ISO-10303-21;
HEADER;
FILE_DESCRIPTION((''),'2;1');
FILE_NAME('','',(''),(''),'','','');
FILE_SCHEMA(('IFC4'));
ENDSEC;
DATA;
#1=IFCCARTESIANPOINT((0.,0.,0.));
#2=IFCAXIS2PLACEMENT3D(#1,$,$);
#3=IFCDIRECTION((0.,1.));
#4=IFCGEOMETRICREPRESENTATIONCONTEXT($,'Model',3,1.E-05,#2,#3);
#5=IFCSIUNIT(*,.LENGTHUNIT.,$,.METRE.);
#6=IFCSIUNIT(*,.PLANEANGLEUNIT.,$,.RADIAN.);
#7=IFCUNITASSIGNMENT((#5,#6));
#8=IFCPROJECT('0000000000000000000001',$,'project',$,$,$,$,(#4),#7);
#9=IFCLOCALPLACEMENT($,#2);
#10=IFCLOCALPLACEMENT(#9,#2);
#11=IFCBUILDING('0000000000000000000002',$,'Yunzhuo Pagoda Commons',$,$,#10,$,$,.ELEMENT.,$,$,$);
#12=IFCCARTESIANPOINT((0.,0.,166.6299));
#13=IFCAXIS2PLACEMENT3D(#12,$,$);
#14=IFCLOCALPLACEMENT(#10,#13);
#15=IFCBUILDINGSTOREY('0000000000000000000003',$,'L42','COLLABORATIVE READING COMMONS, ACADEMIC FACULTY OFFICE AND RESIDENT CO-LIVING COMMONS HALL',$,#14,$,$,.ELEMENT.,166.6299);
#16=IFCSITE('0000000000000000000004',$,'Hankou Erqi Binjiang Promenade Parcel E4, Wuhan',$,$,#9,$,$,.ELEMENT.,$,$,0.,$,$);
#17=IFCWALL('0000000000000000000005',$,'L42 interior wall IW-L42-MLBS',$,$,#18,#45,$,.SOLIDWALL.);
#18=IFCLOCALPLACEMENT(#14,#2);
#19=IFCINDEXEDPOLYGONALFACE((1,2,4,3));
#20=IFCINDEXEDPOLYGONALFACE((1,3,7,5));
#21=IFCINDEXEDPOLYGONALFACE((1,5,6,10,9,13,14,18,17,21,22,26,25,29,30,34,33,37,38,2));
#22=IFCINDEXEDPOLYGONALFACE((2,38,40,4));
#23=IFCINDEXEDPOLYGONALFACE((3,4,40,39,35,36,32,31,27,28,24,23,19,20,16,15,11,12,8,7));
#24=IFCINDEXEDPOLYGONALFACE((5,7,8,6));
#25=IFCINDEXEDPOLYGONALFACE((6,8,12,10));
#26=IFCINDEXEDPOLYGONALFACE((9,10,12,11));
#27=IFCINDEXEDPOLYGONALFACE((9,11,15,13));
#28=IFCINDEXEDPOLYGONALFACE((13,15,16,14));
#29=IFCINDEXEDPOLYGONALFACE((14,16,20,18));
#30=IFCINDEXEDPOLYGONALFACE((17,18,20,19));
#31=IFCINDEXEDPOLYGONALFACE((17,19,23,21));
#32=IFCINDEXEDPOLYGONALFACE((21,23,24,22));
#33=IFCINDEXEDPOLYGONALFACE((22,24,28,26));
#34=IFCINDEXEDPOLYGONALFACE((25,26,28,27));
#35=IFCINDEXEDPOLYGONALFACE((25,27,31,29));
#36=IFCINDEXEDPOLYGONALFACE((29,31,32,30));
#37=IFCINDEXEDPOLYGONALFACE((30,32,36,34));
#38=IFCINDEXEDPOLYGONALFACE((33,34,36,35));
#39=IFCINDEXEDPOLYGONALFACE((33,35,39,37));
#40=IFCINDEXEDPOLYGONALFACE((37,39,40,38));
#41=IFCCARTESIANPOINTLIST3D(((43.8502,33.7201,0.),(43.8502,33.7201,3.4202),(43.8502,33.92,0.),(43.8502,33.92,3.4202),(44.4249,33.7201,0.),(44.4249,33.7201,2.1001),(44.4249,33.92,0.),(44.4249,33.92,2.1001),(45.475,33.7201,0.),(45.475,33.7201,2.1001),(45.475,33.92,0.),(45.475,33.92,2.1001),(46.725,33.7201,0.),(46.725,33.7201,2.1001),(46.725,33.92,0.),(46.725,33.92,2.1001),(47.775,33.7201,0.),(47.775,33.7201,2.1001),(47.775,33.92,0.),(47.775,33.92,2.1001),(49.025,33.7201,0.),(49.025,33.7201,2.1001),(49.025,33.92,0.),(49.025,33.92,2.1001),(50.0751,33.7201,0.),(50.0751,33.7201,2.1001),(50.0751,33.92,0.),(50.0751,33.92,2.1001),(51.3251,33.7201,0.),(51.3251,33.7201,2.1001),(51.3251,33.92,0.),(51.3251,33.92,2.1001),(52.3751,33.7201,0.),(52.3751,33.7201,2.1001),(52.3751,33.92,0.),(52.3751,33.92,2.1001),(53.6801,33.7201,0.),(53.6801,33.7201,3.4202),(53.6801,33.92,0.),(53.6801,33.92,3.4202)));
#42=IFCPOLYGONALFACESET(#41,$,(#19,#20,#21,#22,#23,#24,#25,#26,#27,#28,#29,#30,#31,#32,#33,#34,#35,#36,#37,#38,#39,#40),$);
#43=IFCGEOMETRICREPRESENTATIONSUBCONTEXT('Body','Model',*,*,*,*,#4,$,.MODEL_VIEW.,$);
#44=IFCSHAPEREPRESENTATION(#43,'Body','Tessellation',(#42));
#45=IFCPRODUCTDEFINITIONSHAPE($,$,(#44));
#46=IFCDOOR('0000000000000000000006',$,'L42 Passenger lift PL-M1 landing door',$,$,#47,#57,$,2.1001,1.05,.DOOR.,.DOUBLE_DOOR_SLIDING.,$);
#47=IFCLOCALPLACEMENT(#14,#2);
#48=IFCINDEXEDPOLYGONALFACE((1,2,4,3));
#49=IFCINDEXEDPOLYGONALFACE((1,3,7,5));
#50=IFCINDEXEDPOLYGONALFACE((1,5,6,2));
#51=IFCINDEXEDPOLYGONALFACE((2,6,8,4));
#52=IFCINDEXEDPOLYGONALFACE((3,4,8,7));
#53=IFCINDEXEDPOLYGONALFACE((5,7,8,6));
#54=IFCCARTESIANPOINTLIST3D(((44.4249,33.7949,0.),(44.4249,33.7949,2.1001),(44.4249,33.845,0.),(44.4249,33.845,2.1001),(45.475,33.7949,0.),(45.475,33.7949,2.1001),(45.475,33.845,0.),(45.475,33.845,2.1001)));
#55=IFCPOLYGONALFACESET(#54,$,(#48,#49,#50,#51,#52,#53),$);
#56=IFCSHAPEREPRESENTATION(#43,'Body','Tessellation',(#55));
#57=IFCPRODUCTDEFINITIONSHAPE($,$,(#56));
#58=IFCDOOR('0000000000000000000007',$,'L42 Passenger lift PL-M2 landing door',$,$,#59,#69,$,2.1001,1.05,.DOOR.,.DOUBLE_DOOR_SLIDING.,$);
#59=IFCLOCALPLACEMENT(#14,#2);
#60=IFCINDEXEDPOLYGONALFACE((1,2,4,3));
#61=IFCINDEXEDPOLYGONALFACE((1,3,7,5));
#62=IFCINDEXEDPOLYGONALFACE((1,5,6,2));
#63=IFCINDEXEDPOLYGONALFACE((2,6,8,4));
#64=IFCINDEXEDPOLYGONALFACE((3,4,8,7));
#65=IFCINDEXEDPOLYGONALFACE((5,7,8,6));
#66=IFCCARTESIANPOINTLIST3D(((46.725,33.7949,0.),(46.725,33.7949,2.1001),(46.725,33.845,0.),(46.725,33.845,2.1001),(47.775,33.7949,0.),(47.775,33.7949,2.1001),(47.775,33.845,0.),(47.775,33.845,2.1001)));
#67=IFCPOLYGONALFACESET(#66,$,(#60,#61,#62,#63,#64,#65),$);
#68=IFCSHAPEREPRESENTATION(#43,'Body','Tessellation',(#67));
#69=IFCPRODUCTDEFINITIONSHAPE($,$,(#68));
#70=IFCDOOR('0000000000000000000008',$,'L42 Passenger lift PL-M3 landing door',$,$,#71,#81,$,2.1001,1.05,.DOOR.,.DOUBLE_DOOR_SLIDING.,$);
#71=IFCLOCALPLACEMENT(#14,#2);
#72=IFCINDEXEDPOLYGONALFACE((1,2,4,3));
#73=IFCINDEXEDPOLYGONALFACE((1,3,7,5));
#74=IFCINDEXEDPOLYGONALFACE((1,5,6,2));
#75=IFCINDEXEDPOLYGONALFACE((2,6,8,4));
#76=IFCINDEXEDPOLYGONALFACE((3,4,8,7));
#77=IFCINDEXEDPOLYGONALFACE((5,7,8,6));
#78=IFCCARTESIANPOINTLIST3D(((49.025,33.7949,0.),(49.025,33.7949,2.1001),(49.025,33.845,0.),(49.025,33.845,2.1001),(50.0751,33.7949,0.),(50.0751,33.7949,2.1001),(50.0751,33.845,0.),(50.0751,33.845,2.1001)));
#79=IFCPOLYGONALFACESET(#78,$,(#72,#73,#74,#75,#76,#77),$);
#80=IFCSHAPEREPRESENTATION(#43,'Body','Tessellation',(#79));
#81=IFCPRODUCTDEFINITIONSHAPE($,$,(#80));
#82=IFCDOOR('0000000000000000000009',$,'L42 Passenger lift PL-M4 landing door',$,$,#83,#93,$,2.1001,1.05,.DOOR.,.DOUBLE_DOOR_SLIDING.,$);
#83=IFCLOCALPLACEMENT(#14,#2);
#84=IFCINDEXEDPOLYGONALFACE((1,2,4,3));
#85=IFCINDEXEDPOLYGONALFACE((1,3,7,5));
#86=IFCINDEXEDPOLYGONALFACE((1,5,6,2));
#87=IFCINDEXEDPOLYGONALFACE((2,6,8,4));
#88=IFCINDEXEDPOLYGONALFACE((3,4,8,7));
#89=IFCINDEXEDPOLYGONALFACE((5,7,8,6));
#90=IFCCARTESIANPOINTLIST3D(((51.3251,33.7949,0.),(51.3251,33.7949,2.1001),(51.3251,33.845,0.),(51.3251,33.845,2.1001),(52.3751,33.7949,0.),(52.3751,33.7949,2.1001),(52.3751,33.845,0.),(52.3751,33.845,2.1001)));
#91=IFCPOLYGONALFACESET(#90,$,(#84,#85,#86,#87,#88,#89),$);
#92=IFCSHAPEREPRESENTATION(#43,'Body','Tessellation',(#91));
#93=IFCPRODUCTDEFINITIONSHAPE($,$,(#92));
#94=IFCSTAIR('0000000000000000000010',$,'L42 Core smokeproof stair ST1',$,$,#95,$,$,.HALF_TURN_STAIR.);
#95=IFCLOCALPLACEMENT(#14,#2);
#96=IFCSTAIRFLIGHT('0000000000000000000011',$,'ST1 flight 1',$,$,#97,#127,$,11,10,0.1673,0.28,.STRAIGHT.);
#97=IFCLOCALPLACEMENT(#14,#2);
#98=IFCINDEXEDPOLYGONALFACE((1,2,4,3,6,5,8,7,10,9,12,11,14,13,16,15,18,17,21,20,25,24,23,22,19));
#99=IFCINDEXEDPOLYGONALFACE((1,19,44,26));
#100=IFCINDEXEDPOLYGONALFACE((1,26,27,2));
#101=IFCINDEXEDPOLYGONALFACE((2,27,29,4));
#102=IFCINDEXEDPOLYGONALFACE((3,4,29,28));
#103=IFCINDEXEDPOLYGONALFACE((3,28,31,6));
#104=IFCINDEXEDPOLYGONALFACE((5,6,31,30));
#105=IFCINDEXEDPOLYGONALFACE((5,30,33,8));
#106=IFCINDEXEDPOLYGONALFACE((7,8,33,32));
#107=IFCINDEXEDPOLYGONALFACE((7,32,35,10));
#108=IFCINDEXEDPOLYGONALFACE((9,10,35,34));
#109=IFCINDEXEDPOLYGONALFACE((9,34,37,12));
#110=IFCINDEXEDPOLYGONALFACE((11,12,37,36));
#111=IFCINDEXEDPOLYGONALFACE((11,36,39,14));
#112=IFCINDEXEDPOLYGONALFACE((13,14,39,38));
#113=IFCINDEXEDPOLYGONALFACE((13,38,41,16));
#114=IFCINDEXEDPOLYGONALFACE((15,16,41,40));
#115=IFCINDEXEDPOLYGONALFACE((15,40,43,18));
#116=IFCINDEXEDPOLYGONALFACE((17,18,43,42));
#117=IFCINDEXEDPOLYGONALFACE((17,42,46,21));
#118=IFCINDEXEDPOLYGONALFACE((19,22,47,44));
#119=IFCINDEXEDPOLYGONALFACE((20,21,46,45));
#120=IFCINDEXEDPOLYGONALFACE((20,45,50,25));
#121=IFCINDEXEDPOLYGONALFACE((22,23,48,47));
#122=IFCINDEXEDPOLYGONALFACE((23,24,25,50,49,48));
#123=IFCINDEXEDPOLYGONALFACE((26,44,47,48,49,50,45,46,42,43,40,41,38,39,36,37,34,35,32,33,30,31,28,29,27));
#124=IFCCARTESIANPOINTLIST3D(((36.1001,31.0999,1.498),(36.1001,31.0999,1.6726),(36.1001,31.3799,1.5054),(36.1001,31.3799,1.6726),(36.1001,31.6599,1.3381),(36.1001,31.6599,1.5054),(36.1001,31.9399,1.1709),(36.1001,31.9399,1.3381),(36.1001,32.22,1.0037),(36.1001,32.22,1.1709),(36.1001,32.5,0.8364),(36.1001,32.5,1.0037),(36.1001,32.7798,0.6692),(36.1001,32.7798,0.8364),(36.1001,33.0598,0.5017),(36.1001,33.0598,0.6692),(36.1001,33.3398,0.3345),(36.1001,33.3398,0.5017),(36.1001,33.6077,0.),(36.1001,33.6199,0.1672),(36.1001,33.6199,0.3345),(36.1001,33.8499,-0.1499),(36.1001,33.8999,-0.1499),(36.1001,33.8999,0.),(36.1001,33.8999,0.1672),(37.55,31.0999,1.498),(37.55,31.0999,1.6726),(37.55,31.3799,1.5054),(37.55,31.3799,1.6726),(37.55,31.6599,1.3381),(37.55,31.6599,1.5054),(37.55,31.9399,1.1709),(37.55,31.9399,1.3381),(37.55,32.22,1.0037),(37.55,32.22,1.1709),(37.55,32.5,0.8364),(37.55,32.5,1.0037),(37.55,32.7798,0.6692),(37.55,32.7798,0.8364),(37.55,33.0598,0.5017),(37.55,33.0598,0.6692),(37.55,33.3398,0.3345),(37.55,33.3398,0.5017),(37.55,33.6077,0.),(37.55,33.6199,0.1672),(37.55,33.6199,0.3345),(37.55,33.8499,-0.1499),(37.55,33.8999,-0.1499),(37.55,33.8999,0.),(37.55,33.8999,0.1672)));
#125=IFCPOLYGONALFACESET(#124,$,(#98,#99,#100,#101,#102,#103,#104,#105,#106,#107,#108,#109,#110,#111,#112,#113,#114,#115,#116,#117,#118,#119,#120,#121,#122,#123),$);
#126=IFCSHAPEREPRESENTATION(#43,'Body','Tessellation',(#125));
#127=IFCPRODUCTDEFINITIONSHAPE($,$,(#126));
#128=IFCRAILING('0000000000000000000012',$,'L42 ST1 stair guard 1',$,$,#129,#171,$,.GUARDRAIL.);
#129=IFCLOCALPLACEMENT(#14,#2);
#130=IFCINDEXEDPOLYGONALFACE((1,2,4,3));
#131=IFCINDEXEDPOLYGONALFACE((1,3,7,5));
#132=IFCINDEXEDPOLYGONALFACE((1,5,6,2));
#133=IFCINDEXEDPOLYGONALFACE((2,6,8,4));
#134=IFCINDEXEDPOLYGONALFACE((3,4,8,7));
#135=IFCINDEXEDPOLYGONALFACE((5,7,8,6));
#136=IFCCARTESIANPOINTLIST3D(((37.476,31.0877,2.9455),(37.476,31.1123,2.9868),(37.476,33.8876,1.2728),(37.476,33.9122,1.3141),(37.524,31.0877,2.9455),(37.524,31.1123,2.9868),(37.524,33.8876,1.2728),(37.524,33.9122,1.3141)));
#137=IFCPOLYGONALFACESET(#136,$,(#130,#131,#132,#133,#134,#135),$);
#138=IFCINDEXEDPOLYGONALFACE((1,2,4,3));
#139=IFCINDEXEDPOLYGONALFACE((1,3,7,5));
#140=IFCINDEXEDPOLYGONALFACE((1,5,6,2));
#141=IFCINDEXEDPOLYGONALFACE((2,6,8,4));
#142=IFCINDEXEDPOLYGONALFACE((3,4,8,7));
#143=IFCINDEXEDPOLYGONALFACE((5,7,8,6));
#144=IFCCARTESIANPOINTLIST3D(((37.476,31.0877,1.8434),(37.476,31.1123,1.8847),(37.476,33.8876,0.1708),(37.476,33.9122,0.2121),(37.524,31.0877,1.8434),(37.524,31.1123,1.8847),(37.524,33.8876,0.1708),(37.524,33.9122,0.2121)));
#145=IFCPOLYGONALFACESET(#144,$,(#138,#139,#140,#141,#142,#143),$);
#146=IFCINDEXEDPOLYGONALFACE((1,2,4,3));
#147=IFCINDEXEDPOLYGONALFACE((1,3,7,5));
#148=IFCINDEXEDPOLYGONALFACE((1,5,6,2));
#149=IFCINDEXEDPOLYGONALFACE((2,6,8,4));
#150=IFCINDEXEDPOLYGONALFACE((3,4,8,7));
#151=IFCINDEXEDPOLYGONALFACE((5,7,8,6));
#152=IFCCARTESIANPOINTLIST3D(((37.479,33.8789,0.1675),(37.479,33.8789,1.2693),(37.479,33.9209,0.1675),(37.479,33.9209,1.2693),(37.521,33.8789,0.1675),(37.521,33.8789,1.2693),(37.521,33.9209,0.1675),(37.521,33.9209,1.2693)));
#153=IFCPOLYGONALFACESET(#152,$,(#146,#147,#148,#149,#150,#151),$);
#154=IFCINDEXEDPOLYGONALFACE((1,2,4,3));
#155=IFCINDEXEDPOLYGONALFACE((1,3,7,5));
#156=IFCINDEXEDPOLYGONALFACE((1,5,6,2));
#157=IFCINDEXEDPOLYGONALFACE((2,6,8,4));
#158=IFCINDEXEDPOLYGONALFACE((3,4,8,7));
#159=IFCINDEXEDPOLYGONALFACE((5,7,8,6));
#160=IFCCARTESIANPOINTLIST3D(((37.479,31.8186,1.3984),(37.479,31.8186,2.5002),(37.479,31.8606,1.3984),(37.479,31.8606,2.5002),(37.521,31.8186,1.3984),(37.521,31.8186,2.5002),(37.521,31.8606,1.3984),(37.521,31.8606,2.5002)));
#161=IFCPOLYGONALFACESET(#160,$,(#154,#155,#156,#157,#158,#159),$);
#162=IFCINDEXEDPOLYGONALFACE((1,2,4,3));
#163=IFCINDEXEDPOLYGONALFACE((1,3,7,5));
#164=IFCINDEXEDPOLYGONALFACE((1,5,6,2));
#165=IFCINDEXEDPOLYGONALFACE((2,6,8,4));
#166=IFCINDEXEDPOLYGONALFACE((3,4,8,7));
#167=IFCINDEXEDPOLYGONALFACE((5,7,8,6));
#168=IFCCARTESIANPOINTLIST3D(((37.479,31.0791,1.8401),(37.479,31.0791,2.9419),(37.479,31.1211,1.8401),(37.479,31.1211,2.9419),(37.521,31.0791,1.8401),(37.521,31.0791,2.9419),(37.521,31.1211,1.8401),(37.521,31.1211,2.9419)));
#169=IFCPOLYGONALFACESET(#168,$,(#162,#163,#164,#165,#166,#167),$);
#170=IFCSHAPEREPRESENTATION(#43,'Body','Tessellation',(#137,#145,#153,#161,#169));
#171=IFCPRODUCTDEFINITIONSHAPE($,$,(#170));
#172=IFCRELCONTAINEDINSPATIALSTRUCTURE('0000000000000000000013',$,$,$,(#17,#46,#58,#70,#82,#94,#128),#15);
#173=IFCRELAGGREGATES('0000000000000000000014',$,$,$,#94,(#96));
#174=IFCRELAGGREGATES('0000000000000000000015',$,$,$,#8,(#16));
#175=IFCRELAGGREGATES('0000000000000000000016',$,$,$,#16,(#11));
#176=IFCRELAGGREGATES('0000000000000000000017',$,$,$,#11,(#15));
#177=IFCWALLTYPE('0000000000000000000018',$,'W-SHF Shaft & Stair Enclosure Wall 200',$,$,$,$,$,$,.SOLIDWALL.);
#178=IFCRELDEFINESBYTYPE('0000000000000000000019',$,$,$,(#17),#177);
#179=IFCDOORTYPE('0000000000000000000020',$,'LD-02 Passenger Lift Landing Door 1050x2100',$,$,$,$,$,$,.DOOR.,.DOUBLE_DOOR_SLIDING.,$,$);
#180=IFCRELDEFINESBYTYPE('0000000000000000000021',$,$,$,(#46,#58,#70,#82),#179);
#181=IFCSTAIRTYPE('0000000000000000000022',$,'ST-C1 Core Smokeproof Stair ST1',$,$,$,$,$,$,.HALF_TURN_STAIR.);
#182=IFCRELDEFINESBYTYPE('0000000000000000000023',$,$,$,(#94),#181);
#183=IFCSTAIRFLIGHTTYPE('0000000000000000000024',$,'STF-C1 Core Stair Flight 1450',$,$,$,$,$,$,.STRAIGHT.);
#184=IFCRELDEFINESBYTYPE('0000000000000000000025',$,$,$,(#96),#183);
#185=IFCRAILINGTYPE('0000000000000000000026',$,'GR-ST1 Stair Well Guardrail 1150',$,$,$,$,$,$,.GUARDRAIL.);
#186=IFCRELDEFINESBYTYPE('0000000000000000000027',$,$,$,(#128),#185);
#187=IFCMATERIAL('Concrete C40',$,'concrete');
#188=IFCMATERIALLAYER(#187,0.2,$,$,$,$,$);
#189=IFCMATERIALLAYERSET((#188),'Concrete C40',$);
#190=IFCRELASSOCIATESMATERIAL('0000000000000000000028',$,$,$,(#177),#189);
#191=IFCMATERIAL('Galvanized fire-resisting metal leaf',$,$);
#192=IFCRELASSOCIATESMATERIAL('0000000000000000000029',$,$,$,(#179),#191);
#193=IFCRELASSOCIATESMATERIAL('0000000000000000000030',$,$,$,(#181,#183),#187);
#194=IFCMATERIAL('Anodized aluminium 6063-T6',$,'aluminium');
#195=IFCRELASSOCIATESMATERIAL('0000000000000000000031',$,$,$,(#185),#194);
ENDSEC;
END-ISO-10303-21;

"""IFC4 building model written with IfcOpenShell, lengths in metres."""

from ifc_helpers import new_model, si_unit, direction, frame, frame_2d, origin, origin_with_axes, origin_2d, place, context, subcontext, project, spatial, polyline, rectangle, outline, extrude, source, transform, mapped, material, layer, layer_set, type_object, element, fill, aggregate, save


model = new_model("IFC4")

# Units and contexts
model_context = context("Model", 3, precision=1e-05, world=origin(), true_north=direction((0.0, 1.0)))
body_context = subcontext(model_context, "Body", "Model", "MODEL_VIEW")
ifc_project = project(units=[si_unit("LENGTHUNIT", "METRE"), si_unit("PLANEANGLEUNIT", "RADIAN")], contexts=[model_context])

# Site, building, storey
site_placement = place(None, origin())
site = spatial("IfcSite", under=ifc_project, at=site_placement, Name="Hankou Erqi Binjiang Promenade Parcel E4, Wuhan", CompositionType="ELEMENT", RefElevation=0.0)
building_placement = place(site_placement, origin())
building = spatial("IfcBuilding", under=site, at=building_placement, Name="Yunzhuo Pagoda Commons", CompositionType="ELEMENT")
storey_placement = place(building_placement, frame((0.0, 0.0, 166.6299)))
storey = spatial("IfcBuildingStorey", under=building, at=storey_placement, Name="L42", Description="COLLABORATIVE READING COMMONS, ACADEMIC FACULTY OFFICE AND RESIDENT CO-LIVING COMMONS HALL", CompositionType="ELEMENT", Elevation=166.6299)

# Shared definitions
ifc_material_1 = material(Name="Galvanized fire-resisting metal leaf")
shared_shape_1 = source(origin(), body_context, "Body", "SweptSolid", [
    extrude(rectangle(XDim=1.05, YDim=2.1001, at=frame_2d((0.5249, 1.05))), frame((0.0, 0.0249, 0.0), z_axis=(0.0, -1.0, 0.0), x_axis=(1.0, 0.0, 0.0)), (0.0, 0.0, 1.0), 0.05),
])
ifc_material_2 = material(Name="Concrete C40", Category="concrete")
ifc_layer_1 = layer(ifc_material_2, 0.2)
ifc_layer_set_1 = layer_set([ifc_layer_1], Name="Concrete C40")
wall_type_1 = type_object("IfcWallType", Name="W-SHF Shaft & Stair Enclosure Wall 200", PredefinedType="SOLIDWALL", material=ifc_layer_set_1)
door_type_1 = type_object("IfcDoorType", Name="LD-02 Passenger Lift Landing Door 1050x2100", OperationType="DOUBLE_DOOR_SLIDING", PredefinedType="DOOR", material=ifc_material_1)

# Wall, openings, doors
wall_1_placement = place(storey_placement, frame((43.8501, 33.8201, 0.0), z_axis=(0.0, 0.0, 1.0), x_axis=(1.0, 0.0, 0.0)))
wall_1 = element("IfcWall", 1, at=wall_1_placement, inside=storey, type_object=wall_type_1, Name="L42 interior wall IW-L42-MLBS", PredefinedType="SOLIDWALL", context=body_context, shape_type="SweptSolid", body=[
    extrude(rectangle(XDim=9.8298, YDim=0.2, at=frame_2d((4.915, 0.0))), origin(), (0.0, 0.0, 1.0), 3.4202),
])
opening_1_placement = place(wall_1_placement, frame((0.575, 0.0, 0.0)))
opening_1 = element("IfcOpeningElement", 2, at=opening_1_placement, cuts=wall_1, PredefinedType="OPENING", context=body_context, shape_type="SweptSolid", body=[
    extrude(rectangle(XDim=1.05, YDim=2.1001, at=frame_2d((0.5249, 1.05))), frame((0.0, 0.1099, 0.0), z_axis=(0.0, -1.0, 0.0), x_axis=(1.0, 0.0, 0.0)), (0.0, 0.0, 1.0), 0.22),
])
opening_2_placement = place(wall_1_placement, frame((2.875, 0.0, 0.0)))
opening_2 = element("IfcOpeningElement", 3, at=opening_2_placement, cuts=wall_1, PredefinedType="OPENING", context=body_context, shape_type="SweptSolid", body=[
    extrude(rectangle(XDim=1.05, YDim=2.1001, at=frame_2d((0.5249, 1.05))), frame((0.0, 0.1099, 0.0), z_axis=(0.0, -1.0, 0.0), x_axis=(1.0, 0.0, 0.0)), (0.0, 0.0, 1.0), 0.22),
])
opening_3_placement = place(wall_1_placement, frame((5.175, 0.0, 0.0)))
opening_3 = element("IfcOpeningElement", 4, at=opening_3_placement, cuts=wall_1, PredefinedType="OPENING", context=body_context, shape_type="SweptSolid", body=[
    extrude(rectangle(XDim=1.05, YDim=2.1001, at=frame_2d((0.5249, 1.05))), frame((0.0, 0.1099, 0.0), z_axis=(0.0, -1.0, 0.0), x_axis=(1.0, 0.0, 0.0)), (0.0, 0.0, 1.0), 0.22),
])
opening_4_placement = place(wall_1_placement, frame((7.4751, 0.0, 0.0)))
opening_4 = element("IfcOpeningElement", 5, at=opening_4_placement, cuts=wall_1, PredefinedType="OPENING", context=body_context, shape_type="SweptSolid", body=[
    extrude(rectangle(XDim=1.05, YDim=2.1001, at=frame_2d((0.5249, 1.05))), frame((0.0, 0.1099, 0.0), z_axis=(0.0, -1.0, 0.0), x_axis=(1.0, 0.0, 0.0)), (0.0, 0.0, 1.0), 0.22),
])
door_1_placement = place(opening_1_placement, origin_with_axes())
door_1 = element("IfcDoor", 6, at=door_1_placement, inside=storey, type_object=door_type_1, Name="L42 Passenger lift PL-M1 landing door", OperationType="DOUBLE_DOOR_SLIDING", OverallHeight=2.1001, OverallWidth=1.05, PredefinedType="DOOR", context=body_context, shape_type="MappedRepresentation", body=[
    mapped(shared_shape_1, transform((0.0, 0.0, 0.0), scale=1.0)),
])
fill(opening_1, door_1)
door_2_placement = place(opening_2_placement, origin_with_axes())
door_2 = element("IfcDoor", 7, at=door_2_placement, inside=storey, type_object=door_type_1, Name="L42 Passenger lift PL-M2 landing door", OperationType="DOUBLE_DOOR_SLIDING", OverallHeight=2.1001, OverallWidth=1.05, PredefinedType="DOOR", context=body_context, shape_type="MappedRepresentation", body=[
    mapped(shared_shape_1, transform((0.0, 0.0, 0.0), scale=1.0)),
])
fill(opening_2, door_2)
door_3_placement = place(opening_3_placement, origin_with_axes())
door_3 = element("IfcDoor", 8, at=door_3_placement, inside=storey, type_object=door_type_1, Name="L42 Passenger lift PL-M3 landing door", OperationType="DOUBLE_DOOR_SLIDING", OverallHeight=2.1001, OverallWidth=1.05, PredefinedType="DOOR", context=body_context, shape_type="MappedRepresentation", body=[
    mapped(shared_shape_1, transform((0.0, 0.0, 0.0), scale=1.0)),
])
fill(opening_3, door_3)
door_4_placement = place(opening_4_placement, origin_with_axes())
door_4 = element("IfcDoor", 9, at=door_4_placement, inside=storey, type_object=door_type_1, Name="L42 Passenger lift PL-M4 landing door", OperationType="DOUBLE_DOOR_SLIDING", OverallHeight=2.1001, OverallWidth=1.05, PredefinedType="DOOR", context=body_context, shape_type="MappedRepresentation", body=[
    mapped(shared_shape_1, transform((0.0, 0.0, 0.0), scale=1.0)),
])
fill(opening_4, door_4)

# Stair, stair flight
stair_type = type_object("IfcStairType", Name="ST-C1 Core Smokeproof Stair ST1", PredefinedType="HALF_TURN_STAIR", material=ifc_material_2)
stair_placement = place(storey_placement, origin())
stair = element("IfcStair", 10, at=stair_placement, inside=storey, type_object=stair_type, Name="L42 Core smokeproof stair ST1", PredefinedType="HALF_TURN_STAIR")
stair_flight_type = type_object("IfcStairFlightType", Name="STF-C1 Core Stair Flight 1450", PredefinedType="STRAIGHT", material=ifc_material_2)
shared_shape_2 = source(origin(), body_context, "Body", "SweptSolid", [
    extrude(outline(polyline([(0.0, -0.1499), (0.0, 0.0), (0.0, 0.1672), (0.28, 0.1672), (0.28, 0.3345), (0.5601, 0.3345), (0.5601, 0.5017), (0.8401, 0.5017), (0.8401, 0.6692), (1.1201, 0.6692), (1.1201, 0.8364), (1.3999, 0.8364), (1.3999, 1.0037), (1.6799, 1.0037), (1.6799, 1.1709), (1.96, 1.1709), (1.96, 1.3381), (2.24, 1.3381), (2.24, 1.5054), (2.52, 1.5054), (2.52, 1.6726), (2.8, 1.6726), (2.8, 1.8401), (2.8, 1.498), (0.2922, 0.0), (0.05, -0.1499), (0.0, -0.1499)])), frame((0.0, 0.7251, 0.0), z_axis=(0.0, -1.0, 0.0), x_axis=(1.0, 0.0, 0.0)), (0.0, 0.0, 1.0), 1.45),
])
stair_flight_placement = place(storey_placement, frame((36.825, 33.8999, 0.0), z_axis=(0.0, 0.0, 1.0), x_axis=(0.0, -1.0, 0.0)))
stair_flight = element("IfcStairFlight", 11, at=stair_flight_placement, type_object=stair_flight_type, Name="ST1 flight 1", NumberOfRisers=11, NumberOfTreads=10, PredefinedType="STRAIGHT", RiserHeight=0.1673, TreadLength=0.28, context=body_context, shape_type="MappedRepresentation", body=[
    mapped(shared_shape_2, transform((0.0, 0.0, 0.0), scale=1.0)),
])
aggregate(stair, [stair_flight])

# Railing
ifc_material_3 = material(Name="Anodized aluminium 6063-T6", Category="aluminium")
railing_type_1 = type_object("IfcRailingType", Name="GR-ST1 Stair Well Guardrail 1150", PredefinedType="GUARDRAIL", material=ifc_material_3)
railing_1_placement = place(storey_placement, frame((37.5, 33.8999, 0.1675)))
element("IfcRailing", 12, at=railing_1_placement, inside=storey, type_object=railing_type_1, Name="L42 ST1 stair guard 1", PredefinedType="GUARDRAIL", context=body_context, shape_type="SweptSolid", body=[
    extrude(rectangle(XDim=0.0481, YDim=0.0481, at=origin_2d()), frame((0.0, 0.0, 1.126), z_axis=(0.0, -0.858476, 0.512855), x_axis=(1.0, 0.0, 0.0)), (0.0, 0.0, 1.0), 3.2615),
    extrude(rectangle(XDim=0.0481, YDim=0.0481, at=origin_2d()), frame((0.0, 0.0, 0.0239), z_axis=(0.0, -0.858476, 0.512855), x_axis=(1.0, 0.0, 0.0)), (0.0, 0.0, 1.0), 3.2615),
    extrude(rectangle(XDim=0.042, YDim=0.042, at=origin_2d()), origin(), (0.0, 0.0, 1.0), 1.1018),
    extrude(rectangle(XDim=0.042, YDim=0.042, at=origin_2d()), frame((0.0, -2.0603, 1.231)), (0.0, 0.0, 1.0), 1.1018),
    extrude(rectangle(XDim=0.042, YDim=0.042, at=origin_2d()), frame((0.0, -2.7998, 1.6726)), (0.0, 0.0, 1.0), 1.1018),
])

save(model, "model.ifc")
